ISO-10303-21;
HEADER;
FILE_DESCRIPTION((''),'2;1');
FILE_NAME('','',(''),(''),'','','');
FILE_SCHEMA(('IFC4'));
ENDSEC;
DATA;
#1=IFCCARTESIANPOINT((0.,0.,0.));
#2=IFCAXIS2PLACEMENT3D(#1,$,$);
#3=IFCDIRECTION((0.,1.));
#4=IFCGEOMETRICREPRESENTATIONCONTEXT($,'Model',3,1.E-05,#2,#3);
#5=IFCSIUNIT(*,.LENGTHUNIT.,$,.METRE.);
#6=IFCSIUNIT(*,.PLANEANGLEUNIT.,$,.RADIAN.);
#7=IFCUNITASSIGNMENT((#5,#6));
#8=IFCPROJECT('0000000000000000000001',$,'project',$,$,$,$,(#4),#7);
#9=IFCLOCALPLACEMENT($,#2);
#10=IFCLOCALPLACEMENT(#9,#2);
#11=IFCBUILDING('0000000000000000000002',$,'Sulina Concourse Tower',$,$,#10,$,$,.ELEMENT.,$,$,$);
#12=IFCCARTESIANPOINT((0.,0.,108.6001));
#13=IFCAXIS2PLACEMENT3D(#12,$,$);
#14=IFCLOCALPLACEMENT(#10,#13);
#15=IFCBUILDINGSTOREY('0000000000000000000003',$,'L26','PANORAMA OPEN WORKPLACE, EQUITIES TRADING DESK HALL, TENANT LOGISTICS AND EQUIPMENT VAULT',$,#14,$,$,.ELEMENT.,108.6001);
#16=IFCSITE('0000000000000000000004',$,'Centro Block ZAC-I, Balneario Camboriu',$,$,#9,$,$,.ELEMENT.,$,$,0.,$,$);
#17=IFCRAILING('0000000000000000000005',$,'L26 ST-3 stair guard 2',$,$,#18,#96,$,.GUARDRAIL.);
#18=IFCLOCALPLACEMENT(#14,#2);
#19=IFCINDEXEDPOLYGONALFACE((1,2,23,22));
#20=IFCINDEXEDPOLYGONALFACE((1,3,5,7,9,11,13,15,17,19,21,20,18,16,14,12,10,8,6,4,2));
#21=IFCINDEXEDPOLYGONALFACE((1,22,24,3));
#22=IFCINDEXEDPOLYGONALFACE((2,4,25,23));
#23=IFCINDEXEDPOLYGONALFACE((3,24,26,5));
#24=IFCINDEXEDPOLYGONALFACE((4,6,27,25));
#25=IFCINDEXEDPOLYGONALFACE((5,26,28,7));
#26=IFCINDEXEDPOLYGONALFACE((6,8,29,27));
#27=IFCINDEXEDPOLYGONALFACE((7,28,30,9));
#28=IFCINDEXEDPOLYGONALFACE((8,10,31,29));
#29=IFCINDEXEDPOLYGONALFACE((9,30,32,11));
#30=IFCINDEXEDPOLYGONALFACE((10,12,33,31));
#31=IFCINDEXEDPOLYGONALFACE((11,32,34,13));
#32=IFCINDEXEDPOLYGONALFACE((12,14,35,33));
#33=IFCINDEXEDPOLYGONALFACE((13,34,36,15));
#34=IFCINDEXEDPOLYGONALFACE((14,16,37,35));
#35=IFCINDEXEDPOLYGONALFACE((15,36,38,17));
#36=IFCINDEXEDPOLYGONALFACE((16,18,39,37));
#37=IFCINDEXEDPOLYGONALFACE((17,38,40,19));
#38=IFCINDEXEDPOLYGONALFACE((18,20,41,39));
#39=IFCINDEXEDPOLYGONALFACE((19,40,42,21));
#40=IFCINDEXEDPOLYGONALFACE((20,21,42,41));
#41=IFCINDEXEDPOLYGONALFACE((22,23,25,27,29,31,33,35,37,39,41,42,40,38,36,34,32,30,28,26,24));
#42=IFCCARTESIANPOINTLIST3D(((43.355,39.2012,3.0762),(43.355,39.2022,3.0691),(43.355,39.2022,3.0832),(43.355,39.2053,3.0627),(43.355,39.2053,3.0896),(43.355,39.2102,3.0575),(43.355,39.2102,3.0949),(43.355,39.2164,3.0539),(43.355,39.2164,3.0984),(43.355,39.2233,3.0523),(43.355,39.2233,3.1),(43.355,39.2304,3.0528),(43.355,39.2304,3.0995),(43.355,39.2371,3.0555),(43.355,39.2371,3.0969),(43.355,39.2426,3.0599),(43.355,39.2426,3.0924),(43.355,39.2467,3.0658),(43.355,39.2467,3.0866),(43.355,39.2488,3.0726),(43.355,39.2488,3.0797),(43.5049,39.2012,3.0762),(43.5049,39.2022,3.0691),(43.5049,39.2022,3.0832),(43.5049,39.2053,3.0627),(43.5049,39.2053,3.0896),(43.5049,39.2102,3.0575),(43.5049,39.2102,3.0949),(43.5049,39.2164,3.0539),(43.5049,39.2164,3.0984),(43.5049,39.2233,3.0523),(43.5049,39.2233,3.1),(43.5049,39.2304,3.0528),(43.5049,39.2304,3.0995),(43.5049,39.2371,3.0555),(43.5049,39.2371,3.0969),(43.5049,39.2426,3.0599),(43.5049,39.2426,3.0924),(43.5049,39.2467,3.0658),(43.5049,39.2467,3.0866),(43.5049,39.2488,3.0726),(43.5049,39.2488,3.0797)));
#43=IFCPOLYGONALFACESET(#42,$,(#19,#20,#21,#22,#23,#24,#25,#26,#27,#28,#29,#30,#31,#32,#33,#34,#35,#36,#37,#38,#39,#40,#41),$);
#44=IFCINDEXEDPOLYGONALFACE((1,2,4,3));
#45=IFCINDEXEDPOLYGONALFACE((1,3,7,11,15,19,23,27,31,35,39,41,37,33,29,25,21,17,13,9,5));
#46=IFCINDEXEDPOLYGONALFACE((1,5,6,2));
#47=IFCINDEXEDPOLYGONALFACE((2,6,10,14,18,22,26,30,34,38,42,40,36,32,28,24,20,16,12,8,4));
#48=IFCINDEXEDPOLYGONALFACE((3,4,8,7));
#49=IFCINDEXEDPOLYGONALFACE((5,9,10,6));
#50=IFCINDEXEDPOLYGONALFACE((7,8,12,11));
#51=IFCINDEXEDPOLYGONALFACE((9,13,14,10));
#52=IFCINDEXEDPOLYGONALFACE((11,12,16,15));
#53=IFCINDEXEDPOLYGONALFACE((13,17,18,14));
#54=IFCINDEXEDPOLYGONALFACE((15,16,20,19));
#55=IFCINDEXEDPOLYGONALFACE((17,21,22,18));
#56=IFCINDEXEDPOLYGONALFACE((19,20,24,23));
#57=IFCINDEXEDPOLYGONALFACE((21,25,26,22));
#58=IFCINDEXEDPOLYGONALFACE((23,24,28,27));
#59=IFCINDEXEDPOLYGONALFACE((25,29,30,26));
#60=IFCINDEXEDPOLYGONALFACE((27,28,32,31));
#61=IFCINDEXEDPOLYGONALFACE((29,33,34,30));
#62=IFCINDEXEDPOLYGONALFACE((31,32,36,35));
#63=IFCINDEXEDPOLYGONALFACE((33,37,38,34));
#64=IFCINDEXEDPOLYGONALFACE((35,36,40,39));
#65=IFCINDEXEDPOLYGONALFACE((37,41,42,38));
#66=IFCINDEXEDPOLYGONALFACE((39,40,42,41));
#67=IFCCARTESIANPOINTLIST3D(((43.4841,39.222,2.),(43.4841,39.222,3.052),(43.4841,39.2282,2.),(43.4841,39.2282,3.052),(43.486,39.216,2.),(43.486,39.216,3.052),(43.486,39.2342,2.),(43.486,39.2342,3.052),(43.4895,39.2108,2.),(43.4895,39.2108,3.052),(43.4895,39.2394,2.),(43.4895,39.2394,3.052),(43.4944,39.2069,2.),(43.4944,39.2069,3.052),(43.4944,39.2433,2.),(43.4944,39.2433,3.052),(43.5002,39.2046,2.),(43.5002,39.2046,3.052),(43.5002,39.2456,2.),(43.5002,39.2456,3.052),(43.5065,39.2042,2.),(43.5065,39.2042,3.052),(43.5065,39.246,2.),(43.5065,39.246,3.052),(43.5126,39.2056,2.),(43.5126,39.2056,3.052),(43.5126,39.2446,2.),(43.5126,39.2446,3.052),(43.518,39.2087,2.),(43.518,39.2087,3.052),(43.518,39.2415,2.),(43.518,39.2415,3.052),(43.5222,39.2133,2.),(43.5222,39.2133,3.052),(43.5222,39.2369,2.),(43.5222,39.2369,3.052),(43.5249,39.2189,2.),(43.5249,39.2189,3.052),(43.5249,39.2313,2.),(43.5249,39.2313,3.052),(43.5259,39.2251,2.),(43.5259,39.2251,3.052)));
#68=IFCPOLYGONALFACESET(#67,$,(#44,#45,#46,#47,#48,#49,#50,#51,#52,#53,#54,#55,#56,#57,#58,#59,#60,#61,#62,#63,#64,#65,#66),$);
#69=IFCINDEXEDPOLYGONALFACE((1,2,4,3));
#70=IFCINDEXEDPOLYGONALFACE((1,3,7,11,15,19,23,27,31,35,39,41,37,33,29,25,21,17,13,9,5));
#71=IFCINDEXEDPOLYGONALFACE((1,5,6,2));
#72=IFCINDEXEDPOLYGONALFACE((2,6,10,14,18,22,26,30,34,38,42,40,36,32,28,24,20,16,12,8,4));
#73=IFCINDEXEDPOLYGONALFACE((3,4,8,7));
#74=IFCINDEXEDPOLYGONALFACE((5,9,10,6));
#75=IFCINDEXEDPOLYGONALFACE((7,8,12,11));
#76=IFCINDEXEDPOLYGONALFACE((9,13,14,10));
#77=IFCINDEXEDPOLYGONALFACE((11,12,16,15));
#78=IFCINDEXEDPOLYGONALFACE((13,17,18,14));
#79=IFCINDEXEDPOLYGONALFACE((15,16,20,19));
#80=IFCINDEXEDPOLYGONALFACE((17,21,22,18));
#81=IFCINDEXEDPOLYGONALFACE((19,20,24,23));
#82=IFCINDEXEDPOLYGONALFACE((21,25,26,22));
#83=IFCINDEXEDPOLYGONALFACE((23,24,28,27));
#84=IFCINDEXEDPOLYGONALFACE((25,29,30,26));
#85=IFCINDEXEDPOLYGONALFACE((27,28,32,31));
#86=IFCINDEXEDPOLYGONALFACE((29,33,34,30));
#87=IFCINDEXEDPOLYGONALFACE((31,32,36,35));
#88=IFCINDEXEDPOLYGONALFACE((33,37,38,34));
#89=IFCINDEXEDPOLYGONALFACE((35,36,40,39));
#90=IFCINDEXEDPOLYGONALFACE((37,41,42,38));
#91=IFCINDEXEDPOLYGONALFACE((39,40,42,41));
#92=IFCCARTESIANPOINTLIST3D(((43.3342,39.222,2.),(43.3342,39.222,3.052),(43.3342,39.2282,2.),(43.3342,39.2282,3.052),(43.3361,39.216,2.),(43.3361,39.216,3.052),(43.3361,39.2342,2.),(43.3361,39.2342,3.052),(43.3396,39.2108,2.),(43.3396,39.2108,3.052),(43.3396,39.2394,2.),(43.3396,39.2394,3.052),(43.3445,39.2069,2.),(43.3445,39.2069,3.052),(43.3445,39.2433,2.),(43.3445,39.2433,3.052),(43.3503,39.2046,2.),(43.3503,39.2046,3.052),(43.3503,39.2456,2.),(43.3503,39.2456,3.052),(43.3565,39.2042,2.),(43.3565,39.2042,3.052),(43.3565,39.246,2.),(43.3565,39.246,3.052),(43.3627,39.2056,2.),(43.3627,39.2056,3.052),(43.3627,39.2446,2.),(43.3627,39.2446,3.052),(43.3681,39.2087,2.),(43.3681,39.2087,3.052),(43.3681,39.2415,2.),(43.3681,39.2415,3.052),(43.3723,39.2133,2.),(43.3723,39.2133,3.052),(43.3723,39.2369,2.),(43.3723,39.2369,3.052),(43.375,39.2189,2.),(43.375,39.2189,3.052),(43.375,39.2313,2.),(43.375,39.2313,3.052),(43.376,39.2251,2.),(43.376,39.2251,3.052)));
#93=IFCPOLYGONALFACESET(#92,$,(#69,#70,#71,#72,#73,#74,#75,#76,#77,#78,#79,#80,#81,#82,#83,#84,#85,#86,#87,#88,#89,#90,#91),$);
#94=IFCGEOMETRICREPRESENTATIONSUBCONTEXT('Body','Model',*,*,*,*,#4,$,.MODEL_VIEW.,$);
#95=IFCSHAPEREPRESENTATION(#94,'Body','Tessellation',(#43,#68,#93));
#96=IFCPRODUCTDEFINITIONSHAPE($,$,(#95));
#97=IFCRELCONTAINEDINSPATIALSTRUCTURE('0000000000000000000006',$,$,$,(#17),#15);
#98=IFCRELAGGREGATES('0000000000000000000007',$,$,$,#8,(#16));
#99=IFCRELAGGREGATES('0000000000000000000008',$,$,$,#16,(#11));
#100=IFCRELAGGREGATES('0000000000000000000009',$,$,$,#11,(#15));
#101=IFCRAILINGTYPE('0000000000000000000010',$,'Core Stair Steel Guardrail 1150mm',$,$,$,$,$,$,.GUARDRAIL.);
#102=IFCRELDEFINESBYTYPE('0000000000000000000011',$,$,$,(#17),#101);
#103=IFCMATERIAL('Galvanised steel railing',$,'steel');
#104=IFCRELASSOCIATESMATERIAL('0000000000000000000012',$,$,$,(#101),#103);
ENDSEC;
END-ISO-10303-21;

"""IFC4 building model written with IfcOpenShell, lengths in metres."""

from ifc_helpers import new_model, si_unit, direction, frame, origin, origin_2d, place, context, subcontext, project, spatial, circle, extrude, material, type_object, element, save


model = new_model("IFC4")

# Units and contexts
model_context = context("Model", 3, precision=1e-05, world=origin(), true_north=direction((0.0, 1.0)))
body_context = subcontext(model_context, "Body", "Model", "MODEL_VIEW")
ifc_project = project(units=[si_unit("LENGTHUNIT", "METRE"), si_unit("PLANEANGLEUNIT", "RADIAN")], contexts=[model_context])

# Site, building, storey
site_placement = place(None, origin())
site = spatial("IfcSite", under=ifc_project, at=site_placement, Name="Centro Block ZAC-I, Balneario Camboriu", CompositionType="ELEMENT", RefElevation=0.0)
building_placement = place(site_placement, origin())
building = spatial("IfcBuilding", under=site, at=building_placement, Name="Sulina Concourse Tower", CompositionType="ELEMENT")
storey_placement = place(building_placement, frame((0.0, 0.0, 108.6001)))
storey = spatial("IfcBuildingStorey", under=building, at=storey_placement, Name="L26", Description="PANORAMA OPEN WORKPLACE, EQUITIES TRADING DESK HALL, TENANT LOGISTICS AND EQUIPMENT VAULT", CompositionType="ELEMENT", Elevation=108.6001)

# Railing
ifc_material_1 = material(Name="Galvanised steel railing", Category="steel")
railing_type_1 = type_object("IfcRailingType", Name="Core Stair Steel Guardrail 1150mm", PredefinedType="GUARDRAIL", material=ifc_material_1)
railing_1_placement = place(storey_placement, frame((43.5049, 39.2251, 2.0)))
element("IfcRailing", 1, at=railing_1_placement, inside=storey, type_object=railing_type_1, Name="L26 ST-3 stair guard 2", PredefinedType="GUARDRAIL", context=body_context, shape_type="SweptSolid", body=[
    extrude(circle(Radius=0.0239, at=origin_2d()), frame((0.0, 0.0, 1.0762), z_axis=(-1.0, 0.0, 0.0), x_axis=(0.0, -1.0, 0.0)), (0.0, 0.0, 1.0), 0.1499),
    extrude(circle(Radius=0.021, at=origin_2d()), origin(), (0.0, 0.0, 1.0), 1.052),
    extrude(circle(Radius=0.021, at=origin_2d()), frame((-0.1499, 0.0, 0.0)), (0.0, 0.0, 1.0), 1.052),
])

save(model, "model.ifc")
